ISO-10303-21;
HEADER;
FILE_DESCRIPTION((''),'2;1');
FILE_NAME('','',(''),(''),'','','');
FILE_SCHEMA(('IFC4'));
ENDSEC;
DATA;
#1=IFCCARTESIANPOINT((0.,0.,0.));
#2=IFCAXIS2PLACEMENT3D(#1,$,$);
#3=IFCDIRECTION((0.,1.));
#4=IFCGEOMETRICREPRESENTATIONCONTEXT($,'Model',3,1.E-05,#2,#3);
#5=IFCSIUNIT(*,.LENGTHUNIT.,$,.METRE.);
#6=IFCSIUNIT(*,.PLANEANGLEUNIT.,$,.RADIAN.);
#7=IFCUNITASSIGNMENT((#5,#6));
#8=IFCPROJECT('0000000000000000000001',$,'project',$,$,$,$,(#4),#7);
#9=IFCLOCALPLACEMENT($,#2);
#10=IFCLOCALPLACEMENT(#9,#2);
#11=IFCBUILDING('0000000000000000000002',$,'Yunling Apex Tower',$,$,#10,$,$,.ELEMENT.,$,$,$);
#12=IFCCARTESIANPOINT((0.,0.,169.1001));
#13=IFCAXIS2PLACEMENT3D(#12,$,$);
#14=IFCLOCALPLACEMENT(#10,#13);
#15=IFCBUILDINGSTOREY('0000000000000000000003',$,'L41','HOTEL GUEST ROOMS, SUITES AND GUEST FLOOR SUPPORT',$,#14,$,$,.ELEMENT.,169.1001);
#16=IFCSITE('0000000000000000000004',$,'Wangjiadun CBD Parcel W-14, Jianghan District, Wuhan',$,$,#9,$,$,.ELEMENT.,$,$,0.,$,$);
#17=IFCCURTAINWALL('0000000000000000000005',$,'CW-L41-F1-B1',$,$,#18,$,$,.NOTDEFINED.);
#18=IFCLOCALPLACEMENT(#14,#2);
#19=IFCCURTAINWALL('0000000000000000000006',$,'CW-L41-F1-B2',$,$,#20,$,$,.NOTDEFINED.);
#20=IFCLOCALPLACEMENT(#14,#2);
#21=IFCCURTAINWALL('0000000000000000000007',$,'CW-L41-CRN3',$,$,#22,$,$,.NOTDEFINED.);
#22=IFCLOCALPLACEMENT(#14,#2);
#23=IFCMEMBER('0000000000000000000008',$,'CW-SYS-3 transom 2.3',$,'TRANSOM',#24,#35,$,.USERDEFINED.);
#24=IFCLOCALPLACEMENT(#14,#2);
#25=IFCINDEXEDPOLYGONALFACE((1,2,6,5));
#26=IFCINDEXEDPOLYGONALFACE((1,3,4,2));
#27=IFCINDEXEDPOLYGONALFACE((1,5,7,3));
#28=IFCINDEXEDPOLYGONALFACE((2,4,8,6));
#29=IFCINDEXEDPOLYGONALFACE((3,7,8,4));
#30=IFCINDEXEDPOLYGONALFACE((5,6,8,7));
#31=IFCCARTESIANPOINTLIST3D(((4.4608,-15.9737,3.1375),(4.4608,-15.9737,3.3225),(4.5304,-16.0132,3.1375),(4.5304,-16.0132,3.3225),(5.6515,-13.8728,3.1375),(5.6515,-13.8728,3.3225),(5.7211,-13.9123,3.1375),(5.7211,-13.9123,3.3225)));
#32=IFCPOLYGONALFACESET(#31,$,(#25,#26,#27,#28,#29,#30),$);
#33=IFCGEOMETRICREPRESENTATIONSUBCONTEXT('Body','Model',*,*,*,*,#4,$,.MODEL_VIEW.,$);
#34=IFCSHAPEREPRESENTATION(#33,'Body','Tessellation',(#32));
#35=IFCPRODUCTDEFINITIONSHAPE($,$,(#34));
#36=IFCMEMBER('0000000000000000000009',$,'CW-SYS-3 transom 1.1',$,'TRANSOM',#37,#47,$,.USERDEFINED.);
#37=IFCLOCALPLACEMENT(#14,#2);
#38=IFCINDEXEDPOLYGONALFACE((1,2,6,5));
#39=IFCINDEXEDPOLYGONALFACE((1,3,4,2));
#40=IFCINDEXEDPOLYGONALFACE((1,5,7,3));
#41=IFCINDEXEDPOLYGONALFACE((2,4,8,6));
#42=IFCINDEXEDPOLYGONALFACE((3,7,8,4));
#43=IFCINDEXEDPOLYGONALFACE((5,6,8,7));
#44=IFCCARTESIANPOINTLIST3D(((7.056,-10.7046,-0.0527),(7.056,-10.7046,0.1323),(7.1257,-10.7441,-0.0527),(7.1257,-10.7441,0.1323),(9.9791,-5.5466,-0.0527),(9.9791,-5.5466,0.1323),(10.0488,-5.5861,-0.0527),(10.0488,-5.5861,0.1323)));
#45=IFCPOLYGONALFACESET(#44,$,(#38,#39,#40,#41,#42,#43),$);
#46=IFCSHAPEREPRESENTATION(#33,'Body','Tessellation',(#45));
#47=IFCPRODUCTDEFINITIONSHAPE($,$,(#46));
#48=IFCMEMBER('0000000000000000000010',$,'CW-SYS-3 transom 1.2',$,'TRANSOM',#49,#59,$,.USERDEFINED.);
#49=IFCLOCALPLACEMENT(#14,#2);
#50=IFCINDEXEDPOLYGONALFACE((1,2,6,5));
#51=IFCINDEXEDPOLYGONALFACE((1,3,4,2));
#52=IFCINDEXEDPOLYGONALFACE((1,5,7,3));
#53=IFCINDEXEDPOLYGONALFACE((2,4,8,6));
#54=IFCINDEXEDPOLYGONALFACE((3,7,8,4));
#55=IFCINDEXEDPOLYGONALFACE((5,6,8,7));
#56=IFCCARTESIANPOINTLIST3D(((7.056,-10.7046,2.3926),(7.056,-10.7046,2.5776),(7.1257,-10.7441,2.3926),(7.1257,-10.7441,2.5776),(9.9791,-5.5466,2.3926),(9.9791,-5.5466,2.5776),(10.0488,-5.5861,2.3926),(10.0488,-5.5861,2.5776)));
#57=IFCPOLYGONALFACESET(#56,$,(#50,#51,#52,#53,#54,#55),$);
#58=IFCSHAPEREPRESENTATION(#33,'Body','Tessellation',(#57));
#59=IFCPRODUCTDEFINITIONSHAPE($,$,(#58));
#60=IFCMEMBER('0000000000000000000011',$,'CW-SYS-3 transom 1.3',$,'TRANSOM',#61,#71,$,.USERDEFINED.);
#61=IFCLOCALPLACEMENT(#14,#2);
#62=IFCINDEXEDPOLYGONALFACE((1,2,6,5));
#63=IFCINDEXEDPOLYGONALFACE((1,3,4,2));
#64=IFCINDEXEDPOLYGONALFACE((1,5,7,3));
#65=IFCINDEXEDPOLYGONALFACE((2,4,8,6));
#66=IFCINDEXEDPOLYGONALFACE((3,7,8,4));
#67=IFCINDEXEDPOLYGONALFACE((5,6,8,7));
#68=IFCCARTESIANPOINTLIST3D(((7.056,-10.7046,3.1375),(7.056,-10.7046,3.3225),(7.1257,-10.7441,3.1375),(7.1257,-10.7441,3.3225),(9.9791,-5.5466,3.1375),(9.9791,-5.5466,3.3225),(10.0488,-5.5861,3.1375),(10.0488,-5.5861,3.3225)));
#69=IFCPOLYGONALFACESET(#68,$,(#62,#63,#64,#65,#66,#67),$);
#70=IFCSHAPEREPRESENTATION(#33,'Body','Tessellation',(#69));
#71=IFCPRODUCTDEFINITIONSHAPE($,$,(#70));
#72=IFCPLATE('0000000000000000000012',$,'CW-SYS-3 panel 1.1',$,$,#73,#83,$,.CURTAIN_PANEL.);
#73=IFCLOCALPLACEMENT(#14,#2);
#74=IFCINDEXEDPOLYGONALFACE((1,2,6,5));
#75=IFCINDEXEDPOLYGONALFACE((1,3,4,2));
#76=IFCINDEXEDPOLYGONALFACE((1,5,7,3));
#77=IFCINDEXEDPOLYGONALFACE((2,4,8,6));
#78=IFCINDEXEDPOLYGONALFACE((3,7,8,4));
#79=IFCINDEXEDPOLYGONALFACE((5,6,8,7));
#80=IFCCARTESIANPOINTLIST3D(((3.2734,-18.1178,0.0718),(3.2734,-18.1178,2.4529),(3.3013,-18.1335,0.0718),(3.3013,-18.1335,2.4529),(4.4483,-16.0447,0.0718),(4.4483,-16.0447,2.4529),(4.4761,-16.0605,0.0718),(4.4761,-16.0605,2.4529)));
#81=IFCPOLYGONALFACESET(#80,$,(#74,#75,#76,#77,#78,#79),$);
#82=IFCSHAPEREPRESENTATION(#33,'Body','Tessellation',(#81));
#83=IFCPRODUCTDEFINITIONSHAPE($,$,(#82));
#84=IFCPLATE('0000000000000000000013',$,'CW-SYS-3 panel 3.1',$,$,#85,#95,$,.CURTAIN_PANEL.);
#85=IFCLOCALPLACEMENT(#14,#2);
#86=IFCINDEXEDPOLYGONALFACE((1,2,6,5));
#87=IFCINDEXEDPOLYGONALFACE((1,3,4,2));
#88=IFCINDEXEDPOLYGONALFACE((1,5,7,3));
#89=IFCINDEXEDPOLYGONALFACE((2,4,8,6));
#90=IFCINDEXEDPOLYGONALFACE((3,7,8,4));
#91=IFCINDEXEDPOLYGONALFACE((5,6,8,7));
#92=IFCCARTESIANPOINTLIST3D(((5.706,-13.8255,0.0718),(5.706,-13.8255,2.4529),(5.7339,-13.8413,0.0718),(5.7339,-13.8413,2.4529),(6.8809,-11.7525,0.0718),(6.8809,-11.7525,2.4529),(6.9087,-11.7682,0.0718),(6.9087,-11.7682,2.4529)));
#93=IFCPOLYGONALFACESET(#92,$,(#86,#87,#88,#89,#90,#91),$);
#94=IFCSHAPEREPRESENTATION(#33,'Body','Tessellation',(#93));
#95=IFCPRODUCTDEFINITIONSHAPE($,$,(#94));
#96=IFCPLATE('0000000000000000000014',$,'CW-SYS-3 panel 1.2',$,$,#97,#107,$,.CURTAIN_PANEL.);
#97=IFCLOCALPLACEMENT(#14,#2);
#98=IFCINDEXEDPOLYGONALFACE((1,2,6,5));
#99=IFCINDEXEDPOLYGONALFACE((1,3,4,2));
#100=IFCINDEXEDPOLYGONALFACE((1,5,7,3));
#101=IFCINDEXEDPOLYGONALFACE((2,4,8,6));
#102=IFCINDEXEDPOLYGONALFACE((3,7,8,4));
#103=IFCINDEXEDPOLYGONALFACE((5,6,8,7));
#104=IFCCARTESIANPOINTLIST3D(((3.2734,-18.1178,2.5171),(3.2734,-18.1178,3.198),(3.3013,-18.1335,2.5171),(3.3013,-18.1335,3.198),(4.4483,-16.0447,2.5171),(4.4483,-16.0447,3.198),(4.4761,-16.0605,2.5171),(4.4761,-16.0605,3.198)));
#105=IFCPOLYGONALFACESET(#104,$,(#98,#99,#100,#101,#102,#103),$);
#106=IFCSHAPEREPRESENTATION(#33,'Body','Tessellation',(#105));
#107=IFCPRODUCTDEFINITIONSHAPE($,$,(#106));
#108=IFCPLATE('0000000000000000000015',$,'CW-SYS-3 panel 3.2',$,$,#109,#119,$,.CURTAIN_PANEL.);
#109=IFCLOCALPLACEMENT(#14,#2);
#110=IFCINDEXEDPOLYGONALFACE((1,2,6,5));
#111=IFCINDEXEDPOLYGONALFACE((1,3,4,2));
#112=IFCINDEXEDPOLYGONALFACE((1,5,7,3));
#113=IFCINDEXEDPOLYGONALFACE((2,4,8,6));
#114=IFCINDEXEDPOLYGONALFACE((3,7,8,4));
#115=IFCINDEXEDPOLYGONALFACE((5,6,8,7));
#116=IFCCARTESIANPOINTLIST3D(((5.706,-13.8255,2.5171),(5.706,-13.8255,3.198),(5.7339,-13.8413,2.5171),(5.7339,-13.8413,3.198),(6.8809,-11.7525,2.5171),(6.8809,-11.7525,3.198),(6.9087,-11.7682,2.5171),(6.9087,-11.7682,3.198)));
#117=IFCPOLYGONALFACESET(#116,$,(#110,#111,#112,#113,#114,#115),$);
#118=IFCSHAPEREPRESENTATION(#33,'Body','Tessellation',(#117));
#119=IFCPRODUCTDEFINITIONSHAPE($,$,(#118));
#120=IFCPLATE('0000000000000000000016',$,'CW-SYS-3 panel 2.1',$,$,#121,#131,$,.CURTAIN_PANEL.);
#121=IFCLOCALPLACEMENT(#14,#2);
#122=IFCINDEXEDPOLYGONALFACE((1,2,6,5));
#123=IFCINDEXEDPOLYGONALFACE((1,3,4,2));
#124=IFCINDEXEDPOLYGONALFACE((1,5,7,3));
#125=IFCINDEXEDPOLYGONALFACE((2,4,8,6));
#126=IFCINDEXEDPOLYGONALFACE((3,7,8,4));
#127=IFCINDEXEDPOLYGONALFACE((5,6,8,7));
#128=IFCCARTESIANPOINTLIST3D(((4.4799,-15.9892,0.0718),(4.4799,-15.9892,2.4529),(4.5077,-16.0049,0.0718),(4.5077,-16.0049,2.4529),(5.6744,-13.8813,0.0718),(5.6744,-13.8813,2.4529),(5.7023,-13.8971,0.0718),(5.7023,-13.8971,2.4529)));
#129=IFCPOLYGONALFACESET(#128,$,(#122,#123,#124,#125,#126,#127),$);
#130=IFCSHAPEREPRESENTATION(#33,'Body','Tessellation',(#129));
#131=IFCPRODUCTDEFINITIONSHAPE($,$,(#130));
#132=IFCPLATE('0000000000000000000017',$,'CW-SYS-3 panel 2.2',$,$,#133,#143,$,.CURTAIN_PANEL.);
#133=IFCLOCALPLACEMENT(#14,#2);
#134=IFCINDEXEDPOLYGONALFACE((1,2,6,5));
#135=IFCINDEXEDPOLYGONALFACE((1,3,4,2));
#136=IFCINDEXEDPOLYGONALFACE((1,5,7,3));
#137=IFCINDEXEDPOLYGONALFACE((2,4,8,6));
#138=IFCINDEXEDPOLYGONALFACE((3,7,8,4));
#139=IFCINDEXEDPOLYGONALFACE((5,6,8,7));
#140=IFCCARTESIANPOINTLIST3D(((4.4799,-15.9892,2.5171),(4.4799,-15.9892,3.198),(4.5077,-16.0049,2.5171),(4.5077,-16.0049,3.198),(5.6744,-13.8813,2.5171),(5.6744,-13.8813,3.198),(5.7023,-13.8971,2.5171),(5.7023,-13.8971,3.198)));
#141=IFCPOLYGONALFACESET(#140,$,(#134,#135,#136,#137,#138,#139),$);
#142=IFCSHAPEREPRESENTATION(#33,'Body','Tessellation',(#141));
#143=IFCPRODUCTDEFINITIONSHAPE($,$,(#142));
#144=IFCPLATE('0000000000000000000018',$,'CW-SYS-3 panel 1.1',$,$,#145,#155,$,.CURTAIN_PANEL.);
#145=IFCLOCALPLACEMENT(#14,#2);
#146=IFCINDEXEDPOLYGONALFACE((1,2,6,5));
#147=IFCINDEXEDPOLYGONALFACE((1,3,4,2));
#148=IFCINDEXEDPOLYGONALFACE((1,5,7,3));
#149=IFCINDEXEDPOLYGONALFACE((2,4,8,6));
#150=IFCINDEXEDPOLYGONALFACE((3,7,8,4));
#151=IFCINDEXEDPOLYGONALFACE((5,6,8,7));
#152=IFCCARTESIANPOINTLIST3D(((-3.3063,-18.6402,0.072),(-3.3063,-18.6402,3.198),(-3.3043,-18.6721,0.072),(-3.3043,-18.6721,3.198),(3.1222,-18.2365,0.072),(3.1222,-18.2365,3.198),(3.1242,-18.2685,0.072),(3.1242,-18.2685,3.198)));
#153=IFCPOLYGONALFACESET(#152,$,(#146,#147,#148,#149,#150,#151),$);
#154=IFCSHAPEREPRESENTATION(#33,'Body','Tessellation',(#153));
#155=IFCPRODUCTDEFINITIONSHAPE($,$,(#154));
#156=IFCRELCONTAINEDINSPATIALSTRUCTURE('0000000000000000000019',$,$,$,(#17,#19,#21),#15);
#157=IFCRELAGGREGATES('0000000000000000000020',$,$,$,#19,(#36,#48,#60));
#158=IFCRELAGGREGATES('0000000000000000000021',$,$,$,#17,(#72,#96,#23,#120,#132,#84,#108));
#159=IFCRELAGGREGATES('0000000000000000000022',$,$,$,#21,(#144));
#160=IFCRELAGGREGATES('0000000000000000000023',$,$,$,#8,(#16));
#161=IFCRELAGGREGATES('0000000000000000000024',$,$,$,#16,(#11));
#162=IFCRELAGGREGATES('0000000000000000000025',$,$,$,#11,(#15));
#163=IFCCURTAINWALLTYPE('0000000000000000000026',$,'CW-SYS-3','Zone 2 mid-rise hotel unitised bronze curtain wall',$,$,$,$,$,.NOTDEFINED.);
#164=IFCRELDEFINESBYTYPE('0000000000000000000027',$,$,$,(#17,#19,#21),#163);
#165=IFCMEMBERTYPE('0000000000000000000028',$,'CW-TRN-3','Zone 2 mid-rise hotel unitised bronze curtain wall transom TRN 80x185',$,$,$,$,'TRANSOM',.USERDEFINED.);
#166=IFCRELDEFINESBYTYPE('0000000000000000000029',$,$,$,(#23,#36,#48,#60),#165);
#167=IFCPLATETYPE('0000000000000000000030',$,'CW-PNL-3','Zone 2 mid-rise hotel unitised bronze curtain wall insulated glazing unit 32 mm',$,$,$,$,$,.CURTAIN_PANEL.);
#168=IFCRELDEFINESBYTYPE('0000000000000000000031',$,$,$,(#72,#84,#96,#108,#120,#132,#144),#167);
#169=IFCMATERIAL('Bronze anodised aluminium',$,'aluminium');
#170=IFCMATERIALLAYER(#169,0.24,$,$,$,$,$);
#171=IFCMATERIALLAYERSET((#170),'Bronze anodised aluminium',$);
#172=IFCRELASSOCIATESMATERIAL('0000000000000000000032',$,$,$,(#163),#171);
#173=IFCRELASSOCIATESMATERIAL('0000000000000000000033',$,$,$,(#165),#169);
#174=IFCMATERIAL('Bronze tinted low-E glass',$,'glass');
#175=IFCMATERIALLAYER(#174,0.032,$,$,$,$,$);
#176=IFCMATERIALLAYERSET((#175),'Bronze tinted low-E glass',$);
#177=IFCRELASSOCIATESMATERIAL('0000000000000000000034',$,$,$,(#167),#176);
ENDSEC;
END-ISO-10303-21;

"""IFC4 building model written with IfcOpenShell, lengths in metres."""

from ifc_helpers import new_model, si_unit, direction, frame, origin, origin_2d, place, context, subcontext, project, spatial, rectangle, extrude, source, transform, mapped, material, layer, layer_set, material_profile, profile_set, type_object, element, aggregate, save


model = new_model("IFC4")

# Units and contexts
model_context = context("Model", 3, precision=1e-05, world=origin(), true_north=direction((0.0, 1.0)))
body_context = subcontext(model_context, "Body", "Model", "MODEL_VIEW")
ifc_project = project(units=[si_unit("LENGTHUNIT", "METRE"), si_unit("PLANEANGLEUNIT", "RADIAN")], contexts=[model_context])

# Site, building, storey
site_placement = place(None, origin())
site = spatial("IfcSite", under=ifc_project, at=site_placement, Name="Wangjiadun CBD Parcel W-14, Jianghan District, Wuhan", CompositionType="ELEMENT", RefElevation=0.0)
building_placement = place(site_placement, origin())
building = spatial("IfcBuilding", under=site, at=building_placement, Name="Yunling Apex Tower", CompositionType="ELEMENT")
storey_placement = place(building_placement, frame((0.0, 0.0, 169.1001)))
storey = spatial("IfcBuildingStorey", under=building, at=storey_placement, Name="L41", Description="HOTEL GUEST ROOMS, SUITES AND GUEST FLOOR SUPPORT", CompositionType="ELEMENT", Elevation=169.1001)

# Curtain wall
ifc_material_1 = material(Name="Bronze anodised aluminium", Category="aluminium")
ifc_layer_1 = layer(ifc_material_1, 0.24)
ifc_layer_set_1 = layer_set([ifc_layer_1], Name="Bronze anodised aluminium")
curtain_wall_type = type_object("IfcCurtainWallType", Name="CW-SYS-3", Description="Zone 2 mid-rise hotel unitised bronze curtain wall", PredefinedType="NOTDEFINED", material=ifc_layer_set_1)
curtain_wall_1_placement = place(storey_placement, origin())
curtain_wall_1 = element("IfcCurtainWall", 1, at=curtain_wall_1_placement, inside=storey, type_object=curtain_wall_type, Name="CW-L41-F1-B1", PredefinedType="NOTDEFINED")

# Curtain walls
curtain_wall_2_placement = place(storey_placement, origin())
curtain_wall_2 = element("IfcCurtainWall", 2, at=curtain_wall_2_placement, inside=storey, type_object=curtain_wall_type, Name="CW-L41-F1-B2", PredefinedType="NOTDEFINED")
curtain_wall_3_placement = place(storey_placement, origin())
curtain_wall_3 = element("IfcCurtainWall", 3, at=curtain_wall_3_placement, inside=storey, type_object=curtain_wall_type, Name="CW-L41-CRN3", PredefinedType="NOTDEFINED")

# Members
ifc_material_profile_1 = material_profile(ifc_material_1, rectangle(XDim=0.0801, YDim=0.1851, at=origin_2d()))
ifc_profile_set_1 = profile_set([ifc_material_profile_1], Name="Bronze anodised aluminium")
member_type_1 = type_object("IfcMemberType", Name="CW-TRN-3", Description="Zone 2 mid-rise hotel unitised bronze curtain wall transom TRN 80x185", ElementType="TRANSOM", PredefinedType="USERDEFINED", material=ifc_profile_set_1)
shared_shape_1 = source(origin(), body_context, "Body", "SweptSolid", [
    extrude(rectangle(XDim=0.0801, YDim=0.1851, at=origin_2d()), origin(), (0.0, 0.0, 1.0), 2.4148),
])
member_1_placement = place(storey_placement, frame((4.4956, -15.9934, 3.23), z_axis=(0.493076, 0.869986, 0.0), x_axis=(-0.869986, 0.493076, 0.0)))
member_1 = element("IfcMember", 4, at=member_1_placement, type_object=member_type_1, Name="CW-SYS-3 transom 2.3", ObjectType="TRANSOM", PredefinedType="USERDEFINED", context=body_context, shape_type="MappedRepresentation", body=[
    mapped(shared_shape_1, transform((0.0, 0.0, 0.0), scale=1.0)),
])
shared_shape_2 = source(origin(), body_context, "Body", "SweptSolid", [
    extrude(rectangle(XDim=0.0801, YDim=0.1851, at=origin_2d()), origin(), (0.0, 0.0, 1.0), 5.9287),
])
member_2_placement = place(storey_placement, frame((7.0908, -10.7244, 0.0398), z_axis=(0.493045, 0.870004, 0.0), x_axis=(-0.870004, 0.493045, 0.0)))
member_2 = element("IfcMember", 5, at=member_2_placement, type_object=member_type_1, Name="CW-SYS-3 transom 1.1", ObjectType="TRANSOM", PredefinedType="USERDEFINED", context=body_context, shape_type="MappedRepresentation", body=[
    mapped(shared_shape_2, transform((0.0, 0.0, 0.0), scale=1.0)),
])
member_3_placement = place(storey_placement, frame((7.0908, -10.7244, 2.4851), z_axis=(0.493045, 0.870004, 0.0), x_axis=(-0.870004, 0.493045, 0.0)))
member_3 = element("IfcMember", 6, at=member_3_placement, type_object=member_type_1, Name="CW-SYS-3 transom 1.2", ObjectType="TRANSOM", PredefinedType="USERDEFINED", context=body_context, shape_type="MappedRepresentation", body=[
    mapped(shared_shape_2, transform((0.0, 0.0, 0.0), scale=1.0)),
])
member_4_placement = place(storey_placement, frame((7.0908, -10.7244, 3.23), z_axis=(0.493045, 0.870004, 0.0), x_axis=(-0.870004, 0.493045, 0.0)))
member_4 = element("IfcMember", 7, at=member_4_placement, type_object=member_type_1, Name="CW-SYS-3 transom 1.3", ObjectType="TRANSOM", PredefinedType="USERDEFINED", context=body_context, shape_type="MappedRepresentation", body=[
    mapped(shared_shape_2, transform((0.0, 0.0, 0.0), scale=1.0)),
])
aggregate(curtain_wall_2, [member_2, member_3, member_4])

# Plates
ifc_material_2 = material(Name="Bronze tinted low-E glass", Category="glass")
ifc_layer_2 = layer(ifc_material_2, 0.032)
ifc_layer_set_2 = layer_set([ifc_layer_2], Name="Bronze tinted low-E glass")
plate_type = type_object("IfcPlateType", Name="CW-PNL-3", Description="Zone 2 mid-rise hotel unitised bronze curtain wall insulated glazing unit 32 mm", PredefinedType="CURTAIN_PANEL", material=ifc_layer_set_2)
shared_shape_3 = source(origin(), body_context, "Body", "SweptSolid", [
    extrude(rectangle(XDim=2.3828, YDim=0.032, at=origin_2d()), origin(), (0.0, 0.0, 1.0), 2.3811),
])
plate_1_placement = place(storey_placement, frame((3.8748, -17.0891, 0.0718), z_axis=(0.0, 0.0, 1.0), x_axis=(0.493041, 0.870006, 0.0)))
plate_1 = element("IfcPlate", 8, at=plate_1_placement, type_object=plate_type, Name="CW-SYS-3 panel 1.1", PredefinedType="CURTAIN_PANEL", context=body_context, shape_type="MappedRepresentation", body=[
    mapped(shared_shape_3, transform((0.0, 0.0, 0.0), scale=1.0)),
])
plate_2_placement = place(storey_placement, frame((6.3074, -12.7969, 0.0718), z_axis=(0.0, 0.0, 1.0), x_axis=(0.493041, 0.870006, 0.0)))
plate_2 = element("IfcPlate", 9, at=plate_2_placement, type_object=plate_type, Name="CW-SYS-3 panel 3.1", PredefinedType="CURTAIN_PANEL", context=body_context, shape_type="MappedRepresentation", body=[
    mapped(shared_shape_3, transform((0.0, 0.0, 0.0), scale=1.0)),
])
shared_shape_4 = source(origin(), body_context, "Body", "SweptSolid", [
    extrude(rectangle(XDim=2.3828, YDim=0.032, at=origin_2d()), origin(), (0.0, 0.0, 1.0), 0.6809),
])
plate_3_placement = place(storey_placement, frame((3.8748, -17.0891, 2.5171), z_axis=(0.0, 0.0, 1.0), x_axis=(0.493041, 0.870006, 0.0)))
plate_3 = element("IfcPlate", 10, at=plate_3_placement, type_object=plate_type, Name="CW-SYS-3 panel 1.2", PredefinedType="CURTAIN_PANEL", context=body_context, shape_type="MappedRepresentation", body=[
    mapped(shared_shape_4, transform((0.0, 0.0, 0.0), scale=1.0)),
])
plate_4_placement = place(storey_placement, frame((6.3074, -12.7969, 2.5171), z_axis=(0.0, 0.0, 1.0), x_axis=(0.493041, 0.870006, 0.0)))
plate_4 = element("IfcPlate", 11, at=plate_4_placement, type_object=plate_type, Name="CW-SYS-3 panel 3.2", PredefinedType="CURTAIN_PANEL", context=body_context, shape_type="MappedRepresentation", body=[
    mapped(shared_shape_4, transform((0.0, 0.0, 0.0), scale=1.0)),
])
shared_shape_5 = source(origin(), body_context, "Body", "SweptSolid", [
    extrude(rectangle(XDim=2.4229, YDim=0.032, at=origin_2d()), origin(), (0.0, 0.0, 1.0), 2.3811),
])
plate_5_placement = place(storey_placement, frame((5.0911, -14.9431, 0.0718), z_axis=(0.0, 0.0, 1.0), x_axis=(0.493041, 0.870006, 0.0)))
plate_5 = element("IfcPlate", 12, at=plate_5_placement, type_object=plate_type, Name="CW-SYS-3 panel 2.1", PredefinedType="CURTAIN_PANEL", context=body_context, shape_type="MappedRepresentation", body=[
    mapped(shared_shape_5, transform((0.0, 0.0, 0.0), scale=1.0)),
])
shared_shape_6 = source(origin(), body_context, "Body", "SweptSolid", [
    extrude(rectangle(XDim=2.4229, YDim=0.032, at=origin_2d()), origin(), (0.0, 0.0, 1.0), 0.6809),
])
plate_6_placement = place(storey_placement, frame((5.0911, -14.9431, 2.5171), z_axis=(0.0, 0.0, 1.0), x_axis=(0.493041, 0.870006, 0.0)))
plate_6 = element("IfcPlate", 13, at=plate_6_placement, type_object=plate_type, Name="CW-SYS-3 panel 2.2", PredefinedType="CURTAIN_PANEL", context=body_context, shape_type="MappedRepresentation", body=[
    mapped(shared_shape_6, transform((0.0, 0.0, 0.0), scale=1.0)),
])
aggregate(curtain_wall_1, [plate_1, plate_3, member_1, plate_5, plate_6, plate_2, plate_4])
shared_shape_7 = source(origin(), body_context, "Body", "SweptSolid", [
    extrude(rectangle(XDim=6.4412, YDim=0.032, at=origin_2d()), origin(), (0.0, 0.0, 1.0), 3.126),
])
plate_7_placement = place(storey_placement, frame((-0.0911, -18.4543, 0.072), z_axis=(0.0, 0.0, 1.0), x_axis=(0.998034, 0.062672, 0.0)))
plate_7 = element("IfcPlate", 14, at=plate_7_placement, type_object=plate_type, Name="CW-SYS-3 panel 1.1", PredefinedType="CURTAIN_PANEL", context=body_context, shape_type="MappedRepresentation", body=[
    mapped(shared_shape_7, transform((0.0, 0.0, 0.0), scale=1.0)),
])
aggregate(curtain_wall_3, [plate_7])

save(model, "model.ifc")
